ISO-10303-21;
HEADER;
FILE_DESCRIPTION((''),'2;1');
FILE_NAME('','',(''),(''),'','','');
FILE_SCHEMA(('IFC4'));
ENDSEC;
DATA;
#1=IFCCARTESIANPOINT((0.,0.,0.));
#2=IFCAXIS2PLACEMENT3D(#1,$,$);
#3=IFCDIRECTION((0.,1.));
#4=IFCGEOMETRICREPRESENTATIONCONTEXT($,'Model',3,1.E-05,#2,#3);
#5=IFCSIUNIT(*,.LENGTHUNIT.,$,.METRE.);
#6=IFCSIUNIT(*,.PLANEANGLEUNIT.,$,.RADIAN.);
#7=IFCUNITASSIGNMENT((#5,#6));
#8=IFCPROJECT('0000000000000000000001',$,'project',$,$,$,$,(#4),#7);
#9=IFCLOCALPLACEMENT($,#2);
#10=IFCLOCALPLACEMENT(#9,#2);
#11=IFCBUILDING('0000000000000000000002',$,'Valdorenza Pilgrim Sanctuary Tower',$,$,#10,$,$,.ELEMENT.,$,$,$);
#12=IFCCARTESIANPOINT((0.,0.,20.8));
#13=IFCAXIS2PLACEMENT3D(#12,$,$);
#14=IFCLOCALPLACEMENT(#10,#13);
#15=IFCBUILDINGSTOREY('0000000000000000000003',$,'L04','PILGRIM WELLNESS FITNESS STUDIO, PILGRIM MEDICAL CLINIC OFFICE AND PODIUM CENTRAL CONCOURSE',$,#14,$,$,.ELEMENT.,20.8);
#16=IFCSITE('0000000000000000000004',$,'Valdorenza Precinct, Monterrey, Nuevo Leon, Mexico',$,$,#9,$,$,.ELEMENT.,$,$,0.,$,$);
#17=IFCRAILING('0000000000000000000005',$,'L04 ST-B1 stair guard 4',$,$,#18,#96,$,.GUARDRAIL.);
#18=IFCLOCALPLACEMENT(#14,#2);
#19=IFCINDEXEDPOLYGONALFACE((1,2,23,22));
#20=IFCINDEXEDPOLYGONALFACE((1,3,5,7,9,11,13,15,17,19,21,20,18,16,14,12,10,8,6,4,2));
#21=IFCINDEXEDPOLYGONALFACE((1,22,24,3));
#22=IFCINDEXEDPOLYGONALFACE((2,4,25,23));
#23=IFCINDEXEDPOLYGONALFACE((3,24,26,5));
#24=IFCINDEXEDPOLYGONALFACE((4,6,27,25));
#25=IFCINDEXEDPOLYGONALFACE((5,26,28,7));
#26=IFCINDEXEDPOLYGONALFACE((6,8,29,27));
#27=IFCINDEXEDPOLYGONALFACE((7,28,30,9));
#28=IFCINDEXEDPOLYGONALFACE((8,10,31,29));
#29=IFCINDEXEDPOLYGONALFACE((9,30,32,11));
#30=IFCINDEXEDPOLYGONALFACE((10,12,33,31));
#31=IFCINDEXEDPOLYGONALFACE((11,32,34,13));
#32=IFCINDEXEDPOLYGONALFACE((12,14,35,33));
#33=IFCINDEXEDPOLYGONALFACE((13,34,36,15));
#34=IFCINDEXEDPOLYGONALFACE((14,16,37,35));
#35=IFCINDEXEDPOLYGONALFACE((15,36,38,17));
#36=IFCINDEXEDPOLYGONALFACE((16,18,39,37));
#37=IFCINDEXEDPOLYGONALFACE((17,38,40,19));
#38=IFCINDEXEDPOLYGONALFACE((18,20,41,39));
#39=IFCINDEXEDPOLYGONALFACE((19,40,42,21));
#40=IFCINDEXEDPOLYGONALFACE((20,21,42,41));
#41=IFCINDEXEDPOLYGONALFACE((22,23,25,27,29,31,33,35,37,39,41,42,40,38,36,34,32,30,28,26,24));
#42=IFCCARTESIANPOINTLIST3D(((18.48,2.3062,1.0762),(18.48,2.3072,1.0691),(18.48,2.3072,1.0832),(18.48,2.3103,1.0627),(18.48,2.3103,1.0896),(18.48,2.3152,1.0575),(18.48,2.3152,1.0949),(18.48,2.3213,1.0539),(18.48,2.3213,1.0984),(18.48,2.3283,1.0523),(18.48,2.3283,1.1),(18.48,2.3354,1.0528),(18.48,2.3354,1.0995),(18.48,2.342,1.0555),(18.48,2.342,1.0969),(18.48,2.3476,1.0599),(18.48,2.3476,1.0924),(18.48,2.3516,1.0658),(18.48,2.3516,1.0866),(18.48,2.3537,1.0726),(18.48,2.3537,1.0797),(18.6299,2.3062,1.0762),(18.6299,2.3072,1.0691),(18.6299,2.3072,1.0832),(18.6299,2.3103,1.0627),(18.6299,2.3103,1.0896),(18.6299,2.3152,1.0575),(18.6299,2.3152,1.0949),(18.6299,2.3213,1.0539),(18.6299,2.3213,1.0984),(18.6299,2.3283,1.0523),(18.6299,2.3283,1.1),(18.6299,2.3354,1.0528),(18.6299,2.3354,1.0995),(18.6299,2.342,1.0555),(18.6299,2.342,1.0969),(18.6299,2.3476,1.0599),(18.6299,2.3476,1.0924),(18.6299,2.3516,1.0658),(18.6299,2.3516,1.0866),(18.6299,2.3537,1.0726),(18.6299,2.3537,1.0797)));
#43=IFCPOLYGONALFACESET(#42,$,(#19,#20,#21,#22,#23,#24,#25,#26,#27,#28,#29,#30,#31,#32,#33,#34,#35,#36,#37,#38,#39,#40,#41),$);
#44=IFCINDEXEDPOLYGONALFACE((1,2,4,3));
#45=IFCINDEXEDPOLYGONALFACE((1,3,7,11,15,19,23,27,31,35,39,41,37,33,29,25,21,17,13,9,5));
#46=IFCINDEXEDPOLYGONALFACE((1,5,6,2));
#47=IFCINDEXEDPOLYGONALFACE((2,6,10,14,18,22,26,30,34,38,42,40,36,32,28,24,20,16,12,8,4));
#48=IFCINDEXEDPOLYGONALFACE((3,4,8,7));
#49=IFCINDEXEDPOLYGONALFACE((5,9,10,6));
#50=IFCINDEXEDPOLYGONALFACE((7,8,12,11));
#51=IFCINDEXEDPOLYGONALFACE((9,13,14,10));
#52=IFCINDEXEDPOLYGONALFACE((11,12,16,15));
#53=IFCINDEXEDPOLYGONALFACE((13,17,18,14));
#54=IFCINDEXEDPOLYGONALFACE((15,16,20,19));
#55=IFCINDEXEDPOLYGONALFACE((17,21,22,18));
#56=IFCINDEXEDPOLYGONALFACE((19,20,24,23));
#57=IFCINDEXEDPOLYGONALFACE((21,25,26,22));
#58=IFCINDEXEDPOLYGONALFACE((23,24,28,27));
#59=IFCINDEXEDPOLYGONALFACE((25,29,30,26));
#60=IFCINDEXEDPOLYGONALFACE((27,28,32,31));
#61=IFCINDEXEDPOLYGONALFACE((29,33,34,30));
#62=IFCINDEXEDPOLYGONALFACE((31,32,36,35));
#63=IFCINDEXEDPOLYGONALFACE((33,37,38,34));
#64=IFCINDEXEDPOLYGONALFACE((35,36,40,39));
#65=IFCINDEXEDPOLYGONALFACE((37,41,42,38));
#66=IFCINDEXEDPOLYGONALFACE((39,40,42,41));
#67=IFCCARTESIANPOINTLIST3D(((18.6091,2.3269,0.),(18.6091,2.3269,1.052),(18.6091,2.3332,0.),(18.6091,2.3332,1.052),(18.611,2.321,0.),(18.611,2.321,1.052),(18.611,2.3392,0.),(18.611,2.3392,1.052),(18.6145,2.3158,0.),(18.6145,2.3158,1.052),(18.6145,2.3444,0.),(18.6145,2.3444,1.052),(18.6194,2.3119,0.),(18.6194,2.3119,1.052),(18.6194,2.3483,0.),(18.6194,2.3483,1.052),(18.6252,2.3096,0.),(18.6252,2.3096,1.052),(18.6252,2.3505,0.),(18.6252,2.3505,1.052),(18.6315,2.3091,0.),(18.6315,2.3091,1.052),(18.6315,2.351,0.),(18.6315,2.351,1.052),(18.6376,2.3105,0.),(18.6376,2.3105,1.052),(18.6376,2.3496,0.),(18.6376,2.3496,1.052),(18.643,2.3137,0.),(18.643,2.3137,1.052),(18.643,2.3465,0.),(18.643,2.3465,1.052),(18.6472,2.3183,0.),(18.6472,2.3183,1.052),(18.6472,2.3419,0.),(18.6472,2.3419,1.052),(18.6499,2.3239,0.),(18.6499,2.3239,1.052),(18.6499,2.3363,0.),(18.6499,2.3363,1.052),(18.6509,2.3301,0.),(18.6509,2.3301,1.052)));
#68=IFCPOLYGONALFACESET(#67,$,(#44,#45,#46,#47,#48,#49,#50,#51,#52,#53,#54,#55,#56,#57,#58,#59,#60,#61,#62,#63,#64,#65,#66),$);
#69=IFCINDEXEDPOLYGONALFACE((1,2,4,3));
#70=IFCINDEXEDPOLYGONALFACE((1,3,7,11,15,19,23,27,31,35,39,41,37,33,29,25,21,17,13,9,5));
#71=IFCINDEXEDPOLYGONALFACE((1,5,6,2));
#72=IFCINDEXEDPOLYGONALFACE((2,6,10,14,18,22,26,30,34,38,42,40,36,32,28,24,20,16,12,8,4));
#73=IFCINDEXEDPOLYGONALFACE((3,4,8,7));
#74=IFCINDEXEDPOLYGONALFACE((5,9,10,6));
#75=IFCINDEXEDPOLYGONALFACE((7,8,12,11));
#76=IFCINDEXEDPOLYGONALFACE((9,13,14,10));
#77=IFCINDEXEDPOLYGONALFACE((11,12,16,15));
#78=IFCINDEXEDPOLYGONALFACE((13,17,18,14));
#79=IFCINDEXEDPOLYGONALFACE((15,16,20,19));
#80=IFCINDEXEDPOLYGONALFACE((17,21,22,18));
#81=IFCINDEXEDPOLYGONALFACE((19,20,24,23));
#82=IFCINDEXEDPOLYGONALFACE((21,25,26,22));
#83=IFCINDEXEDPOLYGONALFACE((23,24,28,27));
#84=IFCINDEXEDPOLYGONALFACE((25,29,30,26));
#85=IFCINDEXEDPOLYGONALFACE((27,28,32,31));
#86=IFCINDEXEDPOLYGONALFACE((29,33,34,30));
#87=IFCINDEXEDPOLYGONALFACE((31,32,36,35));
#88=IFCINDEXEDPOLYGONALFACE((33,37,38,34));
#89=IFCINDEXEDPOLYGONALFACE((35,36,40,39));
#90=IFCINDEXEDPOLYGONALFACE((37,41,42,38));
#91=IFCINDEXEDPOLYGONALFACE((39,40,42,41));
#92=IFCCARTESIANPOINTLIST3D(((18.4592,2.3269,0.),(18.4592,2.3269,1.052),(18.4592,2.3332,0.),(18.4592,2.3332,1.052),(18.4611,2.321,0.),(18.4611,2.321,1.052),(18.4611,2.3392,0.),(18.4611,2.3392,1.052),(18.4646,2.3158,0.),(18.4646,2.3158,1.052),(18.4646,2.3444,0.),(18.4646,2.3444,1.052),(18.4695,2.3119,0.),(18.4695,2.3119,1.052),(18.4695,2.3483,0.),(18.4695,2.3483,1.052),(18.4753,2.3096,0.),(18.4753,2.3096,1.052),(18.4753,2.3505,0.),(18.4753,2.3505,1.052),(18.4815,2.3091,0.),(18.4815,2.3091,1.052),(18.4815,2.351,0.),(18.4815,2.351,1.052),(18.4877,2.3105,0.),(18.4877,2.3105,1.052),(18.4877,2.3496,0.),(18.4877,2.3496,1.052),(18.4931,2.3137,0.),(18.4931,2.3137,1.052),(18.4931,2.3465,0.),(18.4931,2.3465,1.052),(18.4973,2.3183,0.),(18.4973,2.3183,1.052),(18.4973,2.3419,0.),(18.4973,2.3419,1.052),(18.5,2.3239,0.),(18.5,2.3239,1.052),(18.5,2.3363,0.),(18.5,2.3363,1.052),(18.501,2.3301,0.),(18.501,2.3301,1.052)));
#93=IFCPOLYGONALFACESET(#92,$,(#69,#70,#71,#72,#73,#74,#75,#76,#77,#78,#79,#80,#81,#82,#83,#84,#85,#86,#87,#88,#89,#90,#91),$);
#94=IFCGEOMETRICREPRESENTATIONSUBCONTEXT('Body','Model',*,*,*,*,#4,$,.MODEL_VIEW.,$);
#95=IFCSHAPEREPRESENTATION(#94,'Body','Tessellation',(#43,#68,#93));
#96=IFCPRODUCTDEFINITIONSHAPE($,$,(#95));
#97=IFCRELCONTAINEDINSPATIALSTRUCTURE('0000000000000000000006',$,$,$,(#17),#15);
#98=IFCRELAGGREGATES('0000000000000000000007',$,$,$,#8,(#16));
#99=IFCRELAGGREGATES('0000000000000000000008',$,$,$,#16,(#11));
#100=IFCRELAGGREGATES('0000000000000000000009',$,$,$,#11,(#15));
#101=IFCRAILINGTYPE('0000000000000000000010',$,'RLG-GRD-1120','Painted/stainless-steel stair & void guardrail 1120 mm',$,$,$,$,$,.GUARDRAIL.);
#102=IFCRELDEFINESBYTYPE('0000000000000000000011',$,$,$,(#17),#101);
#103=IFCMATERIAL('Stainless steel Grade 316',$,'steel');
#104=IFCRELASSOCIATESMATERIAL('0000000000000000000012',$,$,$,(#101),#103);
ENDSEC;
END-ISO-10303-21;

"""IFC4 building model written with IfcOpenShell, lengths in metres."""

from ifc_helpers import new_model, si_unit, direction, frame, origin, origin_2d, place, context, subcontext, project, spatial, circle, extrude, material, type_object, element, save


model = new_model("IFC4")

# Units and contexts
model_context = context("Model", 3, precision=1e-05, world=origin(), true_north=direction((0.0, 1.0)))
body_context = subcontext(model_context, "Body", "Model", "MODEL_VIEW")
ifc_project = project(units=[si_unit("LENGTHUNIT", "METRE"), si_unit("PLANEANGLEUNIT", "RADIAN")], contexts=[model_context])

# Site, building, storey
site_placement = place(None, origin())
site = spatial("IfcSite", under=ifc_project, at=site_placement, Name="Valdorenza Precinct, Monterrey, Nuevo Leon, Mexico", CompositionType="ELEMENT", RefElevation=0.0)
building_placement = place(site_placement, origin())
building = spatial("IfcBuilding", under=site, at=building_placement, Name="Valdorenza Pilgrim Sanctuary Tower", CompositionType="ELEMENT")
storey_placement = place(building_placement, frame((0.0, 0.0, 20.8)))
storey = spatial("IfcBuildingStorey", under=building, at=storey_placement, Name="L04", Description="PILGRIM WELLNESS FITNESS STUDIO, PILGRIM MEDICAL CLINIC OFFICE AND PODIUM CENTRAL CONCOURSE", CompositionType="ELEMENT", Elevation=20.8)

# Railing
ifc_material_1 = material(Name="Stainless steel Grade 316", Category="steel")
railing_type_1 = type_object("IfcRailingType", Name="RLG-GRD-1120", Description="Painted/stainless-steel stair & void guardrail 1120 mm", PredefinedType="GUARDRAIL", material=ifc_material_1)
railing_1_placement = place(storey_placement, frame((18.6299, 2.3301, 0.0)))
element("IfcRailing", 1, at=railing_1_placement, inside=storey, type_object=railing_type_1, Name="L04 ST-B1 stair guard 4", PredefinedType="GUARDRAIL", context=body_context, shape_type="SweptSolid", body=[
    extrude(circle(Radius=0.0239, at=origin_2d()), frame((0.0, 0.0, 1.0762), z_axis=(-1.0, 0.0, 0.0), x_axis=(0.0, -1.0, 0.0)), (0.0, 0.0, 1.0), 0.1499),
    extrude(circle(Radius=0.021, at=origin_2d()), origin(), (0.0, 0.0, 1.0), 1.052),
    extrude(circle(Radius=0.021, at=origin_2d()), frame((-0.1499, 0.0, 0.0)), (0.0, 0.0, 1.0), 1.052),
])

save(model, "model.ifc")
